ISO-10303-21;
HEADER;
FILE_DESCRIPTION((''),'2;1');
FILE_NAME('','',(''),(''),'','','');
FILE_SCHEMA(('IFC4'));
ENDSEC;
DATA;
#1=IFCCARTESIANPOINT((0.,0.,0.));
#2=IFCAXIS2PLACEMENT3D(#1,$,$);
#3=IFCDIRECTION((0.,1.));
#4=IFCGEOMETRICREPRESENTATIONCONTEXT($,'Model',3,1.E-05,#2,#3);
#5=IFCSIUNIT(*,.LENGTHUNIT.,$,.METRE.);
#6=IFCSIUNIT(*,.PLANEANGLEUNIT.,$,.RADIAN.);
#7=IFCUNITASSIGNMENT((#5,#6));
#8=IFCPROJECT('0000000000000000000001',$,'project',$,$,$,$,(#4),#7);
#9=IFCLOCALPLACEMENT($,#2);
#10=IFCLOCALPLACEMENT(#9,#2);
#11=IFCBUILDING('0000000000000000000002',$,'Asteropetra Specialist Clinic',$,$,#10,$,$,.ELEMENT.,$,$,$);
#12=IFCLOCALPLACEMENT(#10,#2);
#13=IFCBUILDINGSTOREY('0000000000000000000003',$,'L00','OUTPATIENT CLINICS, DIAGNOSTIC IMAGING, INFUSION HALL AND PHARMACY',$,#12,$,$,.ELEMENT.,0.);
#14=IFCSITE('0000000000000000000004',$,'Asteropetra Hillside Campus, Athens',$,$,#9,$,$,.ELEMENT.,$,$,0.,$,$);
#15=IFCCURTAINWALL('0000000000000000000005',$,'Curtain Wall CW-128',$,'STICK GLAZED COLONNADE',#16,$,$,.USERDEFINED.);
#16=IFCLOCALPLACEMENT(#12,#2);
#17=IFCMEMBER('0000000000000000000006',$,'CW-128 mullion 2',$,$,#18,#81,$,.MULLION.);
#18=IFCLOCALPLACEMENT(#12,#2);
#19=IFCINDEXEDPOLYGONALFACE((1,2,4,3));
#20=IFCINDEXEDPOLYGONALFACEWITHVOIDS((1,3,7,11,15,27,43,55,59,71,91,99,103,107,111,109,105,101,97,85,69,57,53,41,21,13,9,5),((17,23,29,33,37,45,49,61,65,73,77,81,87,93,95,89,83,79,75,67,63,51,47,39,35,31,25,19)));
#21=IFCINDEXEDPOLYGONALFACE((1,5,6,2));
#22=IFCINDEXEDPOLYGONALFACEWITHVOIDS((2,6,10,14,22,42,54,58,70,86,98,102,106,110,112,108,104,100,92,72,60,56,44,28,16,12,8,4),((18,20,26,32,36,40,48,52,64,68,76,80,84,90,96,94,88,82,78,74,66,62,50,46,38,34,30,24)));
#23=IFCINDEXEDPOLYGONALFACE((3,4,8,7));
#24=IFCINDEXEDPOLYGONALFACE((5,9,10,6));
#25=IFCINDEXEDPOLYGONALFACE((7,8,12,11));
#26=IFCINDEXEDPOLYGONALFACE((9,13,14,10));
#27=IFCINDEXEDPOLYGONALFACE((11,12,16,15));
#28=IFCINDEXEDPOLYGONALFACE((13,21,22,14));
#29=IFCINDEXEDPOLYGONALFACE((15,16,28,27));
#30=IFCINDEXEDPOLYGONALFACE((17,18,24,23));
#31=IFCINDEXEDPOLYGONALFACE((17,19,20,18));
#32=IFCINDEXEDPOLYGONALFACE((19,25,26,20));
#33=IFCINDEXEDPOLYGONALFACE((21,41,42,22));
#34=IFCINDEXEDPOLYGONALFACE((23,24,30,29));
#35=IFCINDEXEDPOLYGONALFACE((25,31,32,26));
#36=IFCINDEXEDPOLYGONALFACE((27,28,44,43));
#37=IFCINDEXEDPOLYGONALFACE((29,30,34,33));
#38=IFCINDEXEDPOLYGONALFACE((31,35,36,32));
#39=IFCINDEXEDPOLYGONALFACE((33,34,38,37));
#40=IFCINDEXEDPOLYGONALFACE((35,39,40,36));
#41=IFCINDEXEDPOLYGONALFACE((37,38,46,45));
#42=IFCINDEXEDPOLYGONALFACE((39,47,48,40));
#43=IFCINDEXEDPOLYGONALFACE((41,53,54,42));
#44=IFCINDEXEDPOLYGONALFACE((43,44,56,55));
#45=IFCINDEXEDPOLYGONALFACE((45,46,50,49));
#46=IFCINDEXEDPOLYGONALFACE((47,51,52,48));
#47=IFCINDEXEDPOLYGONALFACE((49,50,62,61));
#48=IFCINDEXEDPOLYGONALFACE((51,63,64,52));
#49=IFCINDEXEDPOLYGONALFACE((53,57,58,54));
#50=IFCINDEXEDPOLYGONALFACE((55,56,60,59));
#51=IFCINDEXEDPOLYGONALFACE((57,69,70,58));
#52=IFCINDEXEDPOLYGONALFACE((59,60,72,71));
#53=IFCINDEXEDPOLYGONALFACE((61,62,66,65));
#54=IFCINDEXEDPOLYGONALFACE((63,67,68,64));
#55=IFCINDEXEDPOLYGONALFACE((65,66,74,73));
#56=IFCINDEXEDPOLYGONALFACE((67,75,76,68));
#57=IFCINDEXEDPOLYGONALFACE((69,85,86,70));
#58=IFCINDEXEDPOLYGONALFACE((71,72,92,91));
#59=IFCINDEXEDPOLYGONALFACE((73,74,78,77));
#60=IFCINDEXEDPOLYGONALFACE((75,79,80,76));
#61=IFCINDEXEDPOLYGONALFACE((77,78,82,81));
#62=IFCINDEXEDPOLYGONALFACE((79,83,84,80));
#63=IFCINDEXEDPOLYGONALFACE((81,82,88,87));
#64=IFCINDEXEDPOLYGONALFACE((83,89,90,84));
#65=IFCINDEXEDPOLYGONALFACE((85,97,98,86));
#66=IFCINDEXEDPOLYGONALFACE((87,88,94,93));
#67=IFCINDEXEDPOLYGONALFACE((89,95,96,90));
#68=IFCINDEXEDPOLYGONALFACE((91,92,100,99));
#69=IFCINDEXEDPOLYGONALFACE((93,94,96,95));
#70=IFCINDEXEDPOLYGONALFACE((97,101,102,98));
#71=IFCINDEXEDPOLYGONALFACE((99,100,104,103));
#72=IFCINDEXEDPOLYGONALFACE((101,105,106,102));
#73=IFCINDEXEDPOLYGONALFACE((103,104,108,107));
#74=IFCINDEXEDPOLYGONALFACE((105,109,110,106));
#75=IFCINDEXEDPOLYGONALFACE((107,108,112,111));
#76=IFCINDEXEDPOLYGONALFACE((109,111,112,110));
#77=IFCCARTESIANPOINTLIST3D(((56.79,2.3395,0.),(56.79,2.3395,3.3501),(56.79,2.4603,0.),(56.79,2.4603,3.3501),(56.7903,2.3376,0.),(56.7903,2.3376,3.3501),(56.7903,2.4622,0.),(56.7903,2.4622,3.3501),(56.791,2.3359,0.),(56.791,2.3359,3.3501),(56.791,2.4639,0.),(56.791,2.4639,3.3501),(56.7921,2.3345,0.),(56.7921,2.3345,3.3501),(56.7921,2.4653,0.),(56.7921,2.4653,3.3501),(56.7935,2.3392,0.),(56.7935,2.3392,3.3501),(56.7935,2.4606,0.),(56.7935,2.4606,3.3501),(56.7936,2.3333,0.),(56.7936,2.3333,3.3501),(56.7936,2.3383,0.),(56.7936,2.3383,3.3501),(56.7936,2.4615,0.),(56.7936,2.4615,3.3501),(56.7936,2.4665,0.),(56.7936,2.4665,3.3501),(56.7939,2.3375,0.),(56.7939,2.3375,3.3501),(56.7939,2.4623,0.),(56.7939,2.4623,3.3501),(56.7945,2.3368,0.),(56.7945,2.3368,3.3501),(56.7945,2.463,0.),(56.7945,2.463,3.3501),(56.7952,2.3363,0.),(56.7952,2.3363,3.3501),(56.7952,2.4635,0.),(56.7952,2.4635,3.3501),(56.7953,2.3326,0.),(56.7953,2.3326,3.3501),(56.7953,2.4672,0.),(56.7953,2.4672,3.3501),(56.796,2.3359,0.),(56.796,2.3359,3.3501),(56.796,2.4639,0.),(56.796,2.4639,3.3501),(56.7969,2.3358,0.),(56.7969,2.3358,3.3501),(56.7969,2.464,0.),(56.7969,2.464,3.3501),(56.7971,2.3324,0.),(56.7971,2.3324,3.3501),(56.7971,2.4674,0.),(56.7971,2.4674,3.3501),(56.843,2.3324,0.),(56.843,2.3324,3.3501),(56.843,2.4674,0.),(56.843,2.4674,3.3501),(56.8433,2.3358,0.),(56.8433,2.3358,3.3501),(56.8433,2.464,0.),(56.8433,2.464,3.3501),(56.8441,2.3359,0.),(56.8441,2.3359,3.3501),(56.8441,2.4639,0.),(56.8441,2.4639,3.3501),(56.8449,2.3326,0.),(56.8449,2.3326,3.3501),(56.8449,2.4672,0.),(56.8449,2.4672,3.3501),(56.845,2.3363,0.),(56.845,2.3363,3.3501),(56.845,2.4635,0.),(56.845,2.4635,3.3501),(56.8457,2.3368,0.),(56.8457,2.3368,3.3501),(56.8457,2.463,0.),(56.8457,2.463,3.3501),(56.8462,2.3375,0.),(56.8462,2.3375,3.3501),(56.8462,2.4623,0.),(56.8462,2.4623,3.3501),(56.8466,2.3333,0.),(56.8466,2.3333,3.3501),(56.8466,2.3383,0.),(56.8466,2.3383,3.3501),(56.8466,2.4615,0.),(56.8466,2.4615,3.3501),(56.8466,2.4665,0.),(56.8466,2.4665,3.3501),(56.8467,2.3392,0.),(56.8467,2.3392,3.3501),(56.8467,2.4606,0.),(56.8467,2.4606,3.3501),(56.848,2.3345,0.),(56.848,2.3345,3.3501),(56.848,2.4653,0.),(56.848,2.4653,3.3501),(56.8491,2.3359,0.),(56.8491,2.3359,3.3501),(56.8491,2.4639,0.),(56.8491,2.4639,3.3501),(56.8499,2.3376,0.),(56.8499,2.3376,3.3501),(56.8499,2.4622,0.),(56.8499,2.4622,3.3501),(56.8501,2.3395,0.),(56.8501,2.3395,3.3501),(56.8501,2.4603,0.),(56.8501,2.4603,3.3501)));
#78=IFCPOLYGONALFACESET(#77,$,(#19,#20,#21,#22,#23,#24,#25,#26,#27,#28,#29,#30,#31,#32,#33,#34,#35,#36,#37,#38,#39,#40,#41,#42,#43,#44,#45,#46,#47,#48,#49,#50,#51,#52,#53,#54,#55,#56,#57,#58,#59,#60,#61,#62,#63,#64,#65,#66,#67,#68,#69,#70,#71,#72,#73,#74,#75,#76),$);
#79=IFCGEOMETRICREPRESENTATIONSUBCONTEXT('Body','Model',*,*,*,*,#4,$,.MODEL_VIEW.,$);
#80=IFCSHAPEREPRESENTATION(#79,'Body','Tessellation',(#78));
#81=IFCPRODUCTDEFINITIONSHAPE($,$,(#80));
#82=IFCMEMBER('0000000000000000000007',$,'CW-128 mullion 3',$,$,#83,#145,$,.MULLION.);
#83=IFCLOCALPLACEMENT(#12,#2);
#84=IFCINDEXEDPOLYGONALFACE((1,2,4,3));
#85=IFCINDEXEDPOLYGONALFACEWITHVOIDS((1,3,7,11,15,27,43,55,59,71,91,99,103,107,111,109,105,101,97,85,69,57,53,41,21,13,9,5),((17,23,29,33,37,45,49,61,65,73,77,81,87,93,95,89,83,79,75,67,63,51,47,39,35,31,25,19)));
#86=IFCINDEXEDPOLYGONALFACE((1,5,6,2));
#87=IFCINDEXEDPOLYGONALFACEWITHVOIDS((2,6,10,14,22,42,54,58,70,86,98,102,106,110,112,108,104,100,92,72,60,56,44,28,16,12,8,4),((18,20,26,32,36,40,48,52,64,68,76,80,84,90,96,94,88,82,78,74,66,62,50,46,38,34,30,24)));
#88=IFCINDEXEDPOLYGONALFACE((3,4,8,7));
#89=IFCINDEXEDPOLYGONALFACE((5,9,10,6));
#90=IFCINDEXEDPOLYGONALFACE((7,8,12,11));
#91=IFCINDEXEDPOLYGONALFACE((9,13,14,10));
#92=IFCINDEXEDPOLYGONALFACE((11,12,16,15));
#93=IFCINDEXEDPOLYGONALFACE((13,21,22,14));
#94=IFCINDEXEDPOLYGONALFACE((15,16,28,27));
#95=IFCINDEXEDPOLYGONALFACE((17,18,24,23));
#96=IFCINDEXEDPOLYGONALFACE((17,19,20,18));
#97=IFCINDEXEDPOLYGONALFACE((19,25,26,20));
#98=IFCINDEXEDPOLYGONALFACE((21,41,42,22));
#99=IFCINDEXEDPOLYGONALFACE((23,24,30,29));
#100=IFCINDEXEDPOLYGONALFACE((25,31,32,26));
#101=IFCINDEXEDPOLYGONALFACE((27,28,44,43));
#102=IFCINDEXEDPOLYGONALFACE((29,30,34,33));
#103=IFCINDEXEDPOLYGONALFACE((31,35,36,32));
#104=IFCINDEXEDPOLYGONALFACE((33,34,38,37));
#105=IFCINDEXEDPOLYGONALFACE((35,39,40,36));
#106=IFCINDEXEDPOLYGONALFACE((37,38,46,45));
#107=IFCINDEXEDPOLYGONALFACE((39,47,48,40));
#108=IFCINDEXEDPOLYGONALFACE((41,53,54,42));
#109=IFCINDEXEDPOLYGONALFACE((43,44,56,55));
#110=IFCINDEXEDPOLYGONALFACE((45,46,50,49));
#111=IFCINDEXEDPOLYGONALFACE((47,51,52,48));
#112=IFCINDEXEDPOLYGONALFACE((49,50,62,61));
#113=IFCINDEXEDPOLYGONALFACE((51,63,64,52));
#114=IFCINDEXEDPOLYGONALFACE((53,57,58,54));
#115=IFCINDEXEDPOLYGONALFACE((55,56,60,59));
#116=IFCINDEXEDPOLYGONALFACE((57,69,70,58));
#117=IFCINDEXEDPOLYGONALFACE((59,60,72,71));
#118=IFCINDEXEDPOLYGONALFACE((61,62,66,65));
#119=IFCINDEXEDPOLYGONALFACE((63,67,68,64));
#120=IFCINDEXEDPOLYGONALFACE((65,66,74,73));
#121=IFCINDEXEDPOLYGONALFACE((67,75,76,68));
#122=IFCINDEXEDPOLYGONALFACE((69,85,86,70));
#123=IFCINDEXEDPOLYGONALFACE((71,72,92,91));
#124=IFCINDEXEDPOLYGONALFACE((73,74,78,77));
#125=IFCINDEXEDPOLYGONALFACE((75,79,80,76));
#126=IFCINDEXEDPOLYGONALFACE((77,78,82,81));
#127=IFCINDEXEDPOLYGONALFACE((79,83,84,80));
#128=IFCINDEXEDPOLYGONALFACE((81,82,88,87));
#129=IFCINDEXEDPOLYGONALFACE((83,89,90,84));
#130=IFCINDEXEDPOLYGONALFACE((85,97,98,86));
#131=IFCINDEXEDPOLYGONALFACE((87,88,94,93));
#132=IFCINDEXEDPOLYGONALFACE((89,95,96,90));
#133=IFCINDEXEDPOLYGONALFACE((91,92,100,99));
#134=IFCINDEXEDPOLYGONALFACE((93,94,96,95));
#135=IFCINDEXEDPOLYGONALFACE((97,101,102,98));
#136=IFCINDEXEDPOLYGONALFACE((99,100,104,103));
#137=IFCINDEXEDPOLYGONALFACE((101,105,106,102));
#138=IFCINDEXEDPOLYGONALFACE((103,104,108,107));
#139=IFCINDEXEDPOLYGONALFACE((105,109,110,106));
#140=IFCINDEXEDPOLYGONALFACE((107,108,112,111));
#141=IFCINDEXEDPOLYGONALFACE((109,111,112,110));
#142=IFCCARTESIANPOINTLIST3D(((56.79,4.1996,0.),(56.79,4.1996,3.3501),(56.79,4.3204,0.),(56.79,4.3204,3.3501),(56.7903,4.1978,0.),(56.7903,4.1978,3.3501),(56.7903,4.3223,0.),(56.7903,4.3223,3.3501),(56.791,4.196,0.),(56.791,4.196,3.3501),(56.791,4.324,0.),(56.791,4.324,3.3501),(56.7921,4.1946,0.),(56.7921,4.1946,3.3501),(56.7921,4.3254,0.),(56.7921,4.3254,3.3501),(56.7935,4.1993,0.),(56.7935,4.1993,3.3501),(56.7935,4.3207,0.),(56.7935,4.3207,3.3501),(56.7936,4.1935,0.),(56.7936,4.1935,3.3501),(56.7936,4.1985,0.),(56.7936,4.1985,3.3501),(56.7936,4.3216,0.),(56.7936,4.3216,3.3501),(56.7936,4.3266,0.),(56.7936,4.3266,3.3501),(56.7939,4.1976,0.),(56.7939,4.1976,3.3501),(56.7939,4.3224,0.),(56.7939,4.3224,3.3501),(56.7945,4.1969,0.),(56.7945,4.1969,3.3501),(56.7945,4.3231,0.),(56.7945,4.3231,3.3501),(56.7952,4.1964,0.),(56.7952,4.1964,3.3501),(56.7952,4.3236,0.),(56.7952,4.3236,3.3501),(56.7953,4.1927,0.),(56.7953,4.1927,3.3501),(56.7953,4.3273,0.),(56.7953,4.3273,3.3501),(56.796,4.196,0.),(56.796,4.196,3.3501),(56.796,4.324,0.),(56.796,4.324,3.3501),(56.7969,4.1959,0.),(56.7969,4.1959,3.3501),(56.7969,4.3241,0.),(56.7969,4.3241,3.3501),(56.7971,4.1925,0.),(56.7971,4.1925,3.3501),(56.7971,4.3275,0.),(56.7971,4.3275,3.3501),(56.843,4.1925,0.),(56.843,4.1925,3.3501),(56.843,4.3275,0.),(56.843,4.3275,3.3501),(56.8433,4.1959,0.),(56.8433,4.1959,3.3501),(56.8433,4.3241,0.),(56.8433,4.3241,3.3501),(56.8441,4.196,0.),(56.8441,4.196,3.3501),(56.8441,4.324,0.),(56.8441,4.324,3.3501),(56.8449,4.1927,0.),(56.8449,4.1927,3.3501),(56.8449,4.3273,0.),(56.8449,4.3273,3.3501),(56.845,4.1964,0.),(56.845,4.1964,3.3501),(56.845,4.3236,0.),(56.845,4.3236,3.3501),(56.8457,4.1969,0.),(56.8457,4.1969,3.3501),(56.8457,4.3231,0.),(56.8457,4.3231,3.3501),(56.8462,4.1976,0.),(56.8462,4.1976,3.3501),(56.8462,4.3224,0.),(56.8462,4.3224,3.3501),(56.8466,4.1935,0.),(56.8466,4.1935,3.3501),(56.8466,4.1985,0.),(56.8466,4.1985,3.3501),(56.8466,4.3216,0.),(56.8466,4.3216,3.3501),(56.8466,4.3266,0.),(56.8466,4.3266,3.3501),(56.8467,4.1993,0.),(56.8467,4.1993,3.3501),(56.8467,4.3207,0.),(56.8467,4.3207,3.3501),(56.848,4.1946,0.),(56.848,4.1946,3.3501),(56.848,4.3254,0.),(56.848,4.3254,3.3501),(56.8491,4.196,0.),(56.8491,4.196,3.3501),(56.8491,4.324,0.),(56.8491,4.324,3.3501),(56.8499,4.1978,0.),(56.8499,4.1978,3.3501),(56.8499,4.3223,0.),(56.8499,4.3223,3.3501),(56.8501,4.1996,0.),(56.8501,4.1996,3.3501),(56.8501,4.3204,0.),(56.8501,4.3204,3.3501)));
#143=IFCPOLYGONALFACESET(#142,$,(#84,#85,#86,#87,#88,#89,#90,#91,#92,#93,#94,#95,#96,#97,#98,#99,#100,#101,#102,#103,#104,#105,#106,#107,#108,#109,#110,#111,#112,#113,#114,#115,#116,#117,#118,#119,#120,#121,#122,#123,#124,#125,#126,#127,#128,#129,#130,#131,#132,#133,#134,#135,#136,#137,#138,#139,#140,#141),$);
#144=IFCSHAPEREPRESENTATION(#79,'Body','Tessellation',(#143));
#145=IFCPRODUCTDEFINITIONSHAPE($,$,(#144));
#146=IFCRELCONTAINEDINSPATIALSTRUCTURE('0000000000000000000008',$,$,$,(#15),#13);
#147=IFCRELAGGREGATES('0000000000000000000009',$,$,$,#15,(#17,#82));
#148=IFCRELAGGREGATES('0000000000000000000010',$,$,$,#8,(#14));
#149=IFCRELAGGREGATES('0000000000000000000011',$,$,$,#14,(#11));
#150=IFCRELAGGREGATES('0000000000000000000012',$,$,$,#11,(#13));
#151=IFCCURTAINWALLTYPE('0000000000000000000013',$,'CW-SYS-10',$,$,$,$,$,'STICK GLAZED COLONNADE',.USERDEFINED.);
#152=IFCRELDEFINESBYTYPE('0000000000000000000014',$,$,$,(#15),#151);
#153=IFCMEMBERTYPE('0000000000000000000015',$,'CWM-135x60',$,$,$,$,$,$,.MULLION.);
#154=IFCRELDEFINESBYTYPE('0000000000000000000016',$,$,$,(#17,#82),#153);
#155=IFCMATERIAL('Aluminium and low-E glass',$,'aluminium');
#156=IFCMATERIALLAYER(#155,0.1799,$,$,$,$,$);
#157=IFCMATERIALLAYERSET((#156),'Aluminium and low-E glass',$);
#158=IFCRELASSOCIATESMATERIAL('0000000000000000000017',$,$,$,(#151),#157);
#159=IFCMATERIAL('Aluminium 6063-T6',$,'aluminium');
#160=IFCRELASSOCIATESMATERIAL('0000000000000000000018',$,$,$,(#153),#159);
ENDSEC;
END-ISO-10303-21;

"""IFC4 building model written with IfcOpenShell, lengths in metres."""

from ifc_helpers import new_model, si_unit, direction, frame, origin, origin_2d, place, context, subcontext, project, spatial, hollow_rectangle, extrude, material, layer, layer_set, material_profile, profile_set, type_object, element, aggregate, save


model = new_model("IFC4")

# Units and contexts
model_context = context("Model", 3, precision=1e-05, world=origin(), true_north=direction((0.0, 1.0)))
body_context = subcontext(model_context, "Body", "Model", "MODEL_VIEW")
ifc_project = project(units=[si_unit("LENGTHUNIT", "METRE"), si_unit("PLANEANGLEUNIT", "RADIAN")], contexts=[model_context])

# Site, building, storey
site_placement = place(None, origin())
site = spatial("IfcSite", under=ifc_project, at=site_placement, Name="Asteropetra Hillside Campus, Athens", CompositionType="ELEMENT", RefElevation=0.0)
building_placement = place(site_placement, origin())
building = spatial("IfcBuilding", under=site, at=building_placement, Name="Asteropetra Specialist Clinic", CompositionType="ELEMENT")
storey_placement = place(building_placement, origin())
storey = spatial("IfcBuildingStorey", under=building, at=storey_placement, Name="L00", Description="OUTPATIENT CLINICS, DIAGNOSTIC IMAGING, INFUSION HALL AND PHARMACY", CompositionType="ELEMENT", Elevation=0.0)

# Curtain wall, members
ifc_material_1 = material(Name="Aluminium and low-E glass", Category="aluminium")
ifc_layer_1 = layer(ifc_material_1, 0.1799)
ifc_layer_set_1 = layer_set([ifc_layer_1], Name="Aluminium and low-E glass")
curtain_wall_type = type_object("IfcCurtainWallType", Name="CW-SYS-10", ElementType="STICK GLAZED COLONNADE", PredefinedType="USERDEFINED", material=ifc_layer_set_1)
curtain_wall_1_placement = place(storey_placement, origin())
curtain_wall_1 = element("IfcCurtainWall", 1, at=curtain_wall_1_placement, inside=storey, type_object=curtain_wall_type, Name="Curtain Wall CW-128", ObjectType="STICK GLAZED COLONNADE", PredefinedType="USERDEFINED")
ifc_material_2 = material(Name="Aluminium 6063-T6", Category="aluminium")
ifc_material_profile_1 = material_profile(ifc_material_2, hollow_rectangle(XDim=0.0601, YDim=0.135, WallThickness=0.0034, InnerFilletRadius=0.0034, OuterFilletRadius=0.0071, at=origin_2d()), Name="MUL 135x60x3.5")
ifc_profile_set_1 = profile_set([ifc_material_profile_1], Name="Aluminium 6063-T6")
member_type_1 = type_object("IfcMemberType", Name="CWM-135x60", PredefinedType="MULLION", material=ifc_profile_set_1)
member_1_placement = place(storey_placement, frame((56.8201, 2.3999, 0.0), z_axis=(0.0, 0.0, 1.0), x_axis=(-1.0, 0.0, 0.0)))
member_1 = element("IfcMember", 2, at=member_1_placement, type_object=member_type_1, Name="CW-128 mullion 2", PredefinedType="MULLION", context=body_context, shape_type="SweptSolid", body=[
    extrude(hollow_rectangle(XDim=0.0601, YDim=0.135, WallThickness=0.0034, InnerFilletRadius=0.0034, OuterFilletRadius=0.0071, at=origin_2d()), origin(), (0.0, 0.0, 1.0), 3.3501),
])
member_2_placement = place(storey_placement, frame((56.8201, 4.26, 0.0), z_axis=(0.0, 0.0, 1.0), x_axis=(-1.0, 0.0, 0.0)))
member_2 = element("IfcMember", 3, at=member_2_placement, type_object=member_type_1, Name="CW-128 mullion 3", PredefinedType="MULLION", context=body_context, shape_type="SweptSolid", body=[
    extrude(hollow_rectangle(XDim=0.0601, YDim=0.135, WallThickness=0.0034, InnerFilletRadius=0.0034, OuterFilletRadius=0.0071, at=origin_2d()), origin(), (0.0, 0.0, 1.0), 3.3501),
])

aggregate(curtain_wall_1, [member_1, member_2])

save(model, "model.ifc")
